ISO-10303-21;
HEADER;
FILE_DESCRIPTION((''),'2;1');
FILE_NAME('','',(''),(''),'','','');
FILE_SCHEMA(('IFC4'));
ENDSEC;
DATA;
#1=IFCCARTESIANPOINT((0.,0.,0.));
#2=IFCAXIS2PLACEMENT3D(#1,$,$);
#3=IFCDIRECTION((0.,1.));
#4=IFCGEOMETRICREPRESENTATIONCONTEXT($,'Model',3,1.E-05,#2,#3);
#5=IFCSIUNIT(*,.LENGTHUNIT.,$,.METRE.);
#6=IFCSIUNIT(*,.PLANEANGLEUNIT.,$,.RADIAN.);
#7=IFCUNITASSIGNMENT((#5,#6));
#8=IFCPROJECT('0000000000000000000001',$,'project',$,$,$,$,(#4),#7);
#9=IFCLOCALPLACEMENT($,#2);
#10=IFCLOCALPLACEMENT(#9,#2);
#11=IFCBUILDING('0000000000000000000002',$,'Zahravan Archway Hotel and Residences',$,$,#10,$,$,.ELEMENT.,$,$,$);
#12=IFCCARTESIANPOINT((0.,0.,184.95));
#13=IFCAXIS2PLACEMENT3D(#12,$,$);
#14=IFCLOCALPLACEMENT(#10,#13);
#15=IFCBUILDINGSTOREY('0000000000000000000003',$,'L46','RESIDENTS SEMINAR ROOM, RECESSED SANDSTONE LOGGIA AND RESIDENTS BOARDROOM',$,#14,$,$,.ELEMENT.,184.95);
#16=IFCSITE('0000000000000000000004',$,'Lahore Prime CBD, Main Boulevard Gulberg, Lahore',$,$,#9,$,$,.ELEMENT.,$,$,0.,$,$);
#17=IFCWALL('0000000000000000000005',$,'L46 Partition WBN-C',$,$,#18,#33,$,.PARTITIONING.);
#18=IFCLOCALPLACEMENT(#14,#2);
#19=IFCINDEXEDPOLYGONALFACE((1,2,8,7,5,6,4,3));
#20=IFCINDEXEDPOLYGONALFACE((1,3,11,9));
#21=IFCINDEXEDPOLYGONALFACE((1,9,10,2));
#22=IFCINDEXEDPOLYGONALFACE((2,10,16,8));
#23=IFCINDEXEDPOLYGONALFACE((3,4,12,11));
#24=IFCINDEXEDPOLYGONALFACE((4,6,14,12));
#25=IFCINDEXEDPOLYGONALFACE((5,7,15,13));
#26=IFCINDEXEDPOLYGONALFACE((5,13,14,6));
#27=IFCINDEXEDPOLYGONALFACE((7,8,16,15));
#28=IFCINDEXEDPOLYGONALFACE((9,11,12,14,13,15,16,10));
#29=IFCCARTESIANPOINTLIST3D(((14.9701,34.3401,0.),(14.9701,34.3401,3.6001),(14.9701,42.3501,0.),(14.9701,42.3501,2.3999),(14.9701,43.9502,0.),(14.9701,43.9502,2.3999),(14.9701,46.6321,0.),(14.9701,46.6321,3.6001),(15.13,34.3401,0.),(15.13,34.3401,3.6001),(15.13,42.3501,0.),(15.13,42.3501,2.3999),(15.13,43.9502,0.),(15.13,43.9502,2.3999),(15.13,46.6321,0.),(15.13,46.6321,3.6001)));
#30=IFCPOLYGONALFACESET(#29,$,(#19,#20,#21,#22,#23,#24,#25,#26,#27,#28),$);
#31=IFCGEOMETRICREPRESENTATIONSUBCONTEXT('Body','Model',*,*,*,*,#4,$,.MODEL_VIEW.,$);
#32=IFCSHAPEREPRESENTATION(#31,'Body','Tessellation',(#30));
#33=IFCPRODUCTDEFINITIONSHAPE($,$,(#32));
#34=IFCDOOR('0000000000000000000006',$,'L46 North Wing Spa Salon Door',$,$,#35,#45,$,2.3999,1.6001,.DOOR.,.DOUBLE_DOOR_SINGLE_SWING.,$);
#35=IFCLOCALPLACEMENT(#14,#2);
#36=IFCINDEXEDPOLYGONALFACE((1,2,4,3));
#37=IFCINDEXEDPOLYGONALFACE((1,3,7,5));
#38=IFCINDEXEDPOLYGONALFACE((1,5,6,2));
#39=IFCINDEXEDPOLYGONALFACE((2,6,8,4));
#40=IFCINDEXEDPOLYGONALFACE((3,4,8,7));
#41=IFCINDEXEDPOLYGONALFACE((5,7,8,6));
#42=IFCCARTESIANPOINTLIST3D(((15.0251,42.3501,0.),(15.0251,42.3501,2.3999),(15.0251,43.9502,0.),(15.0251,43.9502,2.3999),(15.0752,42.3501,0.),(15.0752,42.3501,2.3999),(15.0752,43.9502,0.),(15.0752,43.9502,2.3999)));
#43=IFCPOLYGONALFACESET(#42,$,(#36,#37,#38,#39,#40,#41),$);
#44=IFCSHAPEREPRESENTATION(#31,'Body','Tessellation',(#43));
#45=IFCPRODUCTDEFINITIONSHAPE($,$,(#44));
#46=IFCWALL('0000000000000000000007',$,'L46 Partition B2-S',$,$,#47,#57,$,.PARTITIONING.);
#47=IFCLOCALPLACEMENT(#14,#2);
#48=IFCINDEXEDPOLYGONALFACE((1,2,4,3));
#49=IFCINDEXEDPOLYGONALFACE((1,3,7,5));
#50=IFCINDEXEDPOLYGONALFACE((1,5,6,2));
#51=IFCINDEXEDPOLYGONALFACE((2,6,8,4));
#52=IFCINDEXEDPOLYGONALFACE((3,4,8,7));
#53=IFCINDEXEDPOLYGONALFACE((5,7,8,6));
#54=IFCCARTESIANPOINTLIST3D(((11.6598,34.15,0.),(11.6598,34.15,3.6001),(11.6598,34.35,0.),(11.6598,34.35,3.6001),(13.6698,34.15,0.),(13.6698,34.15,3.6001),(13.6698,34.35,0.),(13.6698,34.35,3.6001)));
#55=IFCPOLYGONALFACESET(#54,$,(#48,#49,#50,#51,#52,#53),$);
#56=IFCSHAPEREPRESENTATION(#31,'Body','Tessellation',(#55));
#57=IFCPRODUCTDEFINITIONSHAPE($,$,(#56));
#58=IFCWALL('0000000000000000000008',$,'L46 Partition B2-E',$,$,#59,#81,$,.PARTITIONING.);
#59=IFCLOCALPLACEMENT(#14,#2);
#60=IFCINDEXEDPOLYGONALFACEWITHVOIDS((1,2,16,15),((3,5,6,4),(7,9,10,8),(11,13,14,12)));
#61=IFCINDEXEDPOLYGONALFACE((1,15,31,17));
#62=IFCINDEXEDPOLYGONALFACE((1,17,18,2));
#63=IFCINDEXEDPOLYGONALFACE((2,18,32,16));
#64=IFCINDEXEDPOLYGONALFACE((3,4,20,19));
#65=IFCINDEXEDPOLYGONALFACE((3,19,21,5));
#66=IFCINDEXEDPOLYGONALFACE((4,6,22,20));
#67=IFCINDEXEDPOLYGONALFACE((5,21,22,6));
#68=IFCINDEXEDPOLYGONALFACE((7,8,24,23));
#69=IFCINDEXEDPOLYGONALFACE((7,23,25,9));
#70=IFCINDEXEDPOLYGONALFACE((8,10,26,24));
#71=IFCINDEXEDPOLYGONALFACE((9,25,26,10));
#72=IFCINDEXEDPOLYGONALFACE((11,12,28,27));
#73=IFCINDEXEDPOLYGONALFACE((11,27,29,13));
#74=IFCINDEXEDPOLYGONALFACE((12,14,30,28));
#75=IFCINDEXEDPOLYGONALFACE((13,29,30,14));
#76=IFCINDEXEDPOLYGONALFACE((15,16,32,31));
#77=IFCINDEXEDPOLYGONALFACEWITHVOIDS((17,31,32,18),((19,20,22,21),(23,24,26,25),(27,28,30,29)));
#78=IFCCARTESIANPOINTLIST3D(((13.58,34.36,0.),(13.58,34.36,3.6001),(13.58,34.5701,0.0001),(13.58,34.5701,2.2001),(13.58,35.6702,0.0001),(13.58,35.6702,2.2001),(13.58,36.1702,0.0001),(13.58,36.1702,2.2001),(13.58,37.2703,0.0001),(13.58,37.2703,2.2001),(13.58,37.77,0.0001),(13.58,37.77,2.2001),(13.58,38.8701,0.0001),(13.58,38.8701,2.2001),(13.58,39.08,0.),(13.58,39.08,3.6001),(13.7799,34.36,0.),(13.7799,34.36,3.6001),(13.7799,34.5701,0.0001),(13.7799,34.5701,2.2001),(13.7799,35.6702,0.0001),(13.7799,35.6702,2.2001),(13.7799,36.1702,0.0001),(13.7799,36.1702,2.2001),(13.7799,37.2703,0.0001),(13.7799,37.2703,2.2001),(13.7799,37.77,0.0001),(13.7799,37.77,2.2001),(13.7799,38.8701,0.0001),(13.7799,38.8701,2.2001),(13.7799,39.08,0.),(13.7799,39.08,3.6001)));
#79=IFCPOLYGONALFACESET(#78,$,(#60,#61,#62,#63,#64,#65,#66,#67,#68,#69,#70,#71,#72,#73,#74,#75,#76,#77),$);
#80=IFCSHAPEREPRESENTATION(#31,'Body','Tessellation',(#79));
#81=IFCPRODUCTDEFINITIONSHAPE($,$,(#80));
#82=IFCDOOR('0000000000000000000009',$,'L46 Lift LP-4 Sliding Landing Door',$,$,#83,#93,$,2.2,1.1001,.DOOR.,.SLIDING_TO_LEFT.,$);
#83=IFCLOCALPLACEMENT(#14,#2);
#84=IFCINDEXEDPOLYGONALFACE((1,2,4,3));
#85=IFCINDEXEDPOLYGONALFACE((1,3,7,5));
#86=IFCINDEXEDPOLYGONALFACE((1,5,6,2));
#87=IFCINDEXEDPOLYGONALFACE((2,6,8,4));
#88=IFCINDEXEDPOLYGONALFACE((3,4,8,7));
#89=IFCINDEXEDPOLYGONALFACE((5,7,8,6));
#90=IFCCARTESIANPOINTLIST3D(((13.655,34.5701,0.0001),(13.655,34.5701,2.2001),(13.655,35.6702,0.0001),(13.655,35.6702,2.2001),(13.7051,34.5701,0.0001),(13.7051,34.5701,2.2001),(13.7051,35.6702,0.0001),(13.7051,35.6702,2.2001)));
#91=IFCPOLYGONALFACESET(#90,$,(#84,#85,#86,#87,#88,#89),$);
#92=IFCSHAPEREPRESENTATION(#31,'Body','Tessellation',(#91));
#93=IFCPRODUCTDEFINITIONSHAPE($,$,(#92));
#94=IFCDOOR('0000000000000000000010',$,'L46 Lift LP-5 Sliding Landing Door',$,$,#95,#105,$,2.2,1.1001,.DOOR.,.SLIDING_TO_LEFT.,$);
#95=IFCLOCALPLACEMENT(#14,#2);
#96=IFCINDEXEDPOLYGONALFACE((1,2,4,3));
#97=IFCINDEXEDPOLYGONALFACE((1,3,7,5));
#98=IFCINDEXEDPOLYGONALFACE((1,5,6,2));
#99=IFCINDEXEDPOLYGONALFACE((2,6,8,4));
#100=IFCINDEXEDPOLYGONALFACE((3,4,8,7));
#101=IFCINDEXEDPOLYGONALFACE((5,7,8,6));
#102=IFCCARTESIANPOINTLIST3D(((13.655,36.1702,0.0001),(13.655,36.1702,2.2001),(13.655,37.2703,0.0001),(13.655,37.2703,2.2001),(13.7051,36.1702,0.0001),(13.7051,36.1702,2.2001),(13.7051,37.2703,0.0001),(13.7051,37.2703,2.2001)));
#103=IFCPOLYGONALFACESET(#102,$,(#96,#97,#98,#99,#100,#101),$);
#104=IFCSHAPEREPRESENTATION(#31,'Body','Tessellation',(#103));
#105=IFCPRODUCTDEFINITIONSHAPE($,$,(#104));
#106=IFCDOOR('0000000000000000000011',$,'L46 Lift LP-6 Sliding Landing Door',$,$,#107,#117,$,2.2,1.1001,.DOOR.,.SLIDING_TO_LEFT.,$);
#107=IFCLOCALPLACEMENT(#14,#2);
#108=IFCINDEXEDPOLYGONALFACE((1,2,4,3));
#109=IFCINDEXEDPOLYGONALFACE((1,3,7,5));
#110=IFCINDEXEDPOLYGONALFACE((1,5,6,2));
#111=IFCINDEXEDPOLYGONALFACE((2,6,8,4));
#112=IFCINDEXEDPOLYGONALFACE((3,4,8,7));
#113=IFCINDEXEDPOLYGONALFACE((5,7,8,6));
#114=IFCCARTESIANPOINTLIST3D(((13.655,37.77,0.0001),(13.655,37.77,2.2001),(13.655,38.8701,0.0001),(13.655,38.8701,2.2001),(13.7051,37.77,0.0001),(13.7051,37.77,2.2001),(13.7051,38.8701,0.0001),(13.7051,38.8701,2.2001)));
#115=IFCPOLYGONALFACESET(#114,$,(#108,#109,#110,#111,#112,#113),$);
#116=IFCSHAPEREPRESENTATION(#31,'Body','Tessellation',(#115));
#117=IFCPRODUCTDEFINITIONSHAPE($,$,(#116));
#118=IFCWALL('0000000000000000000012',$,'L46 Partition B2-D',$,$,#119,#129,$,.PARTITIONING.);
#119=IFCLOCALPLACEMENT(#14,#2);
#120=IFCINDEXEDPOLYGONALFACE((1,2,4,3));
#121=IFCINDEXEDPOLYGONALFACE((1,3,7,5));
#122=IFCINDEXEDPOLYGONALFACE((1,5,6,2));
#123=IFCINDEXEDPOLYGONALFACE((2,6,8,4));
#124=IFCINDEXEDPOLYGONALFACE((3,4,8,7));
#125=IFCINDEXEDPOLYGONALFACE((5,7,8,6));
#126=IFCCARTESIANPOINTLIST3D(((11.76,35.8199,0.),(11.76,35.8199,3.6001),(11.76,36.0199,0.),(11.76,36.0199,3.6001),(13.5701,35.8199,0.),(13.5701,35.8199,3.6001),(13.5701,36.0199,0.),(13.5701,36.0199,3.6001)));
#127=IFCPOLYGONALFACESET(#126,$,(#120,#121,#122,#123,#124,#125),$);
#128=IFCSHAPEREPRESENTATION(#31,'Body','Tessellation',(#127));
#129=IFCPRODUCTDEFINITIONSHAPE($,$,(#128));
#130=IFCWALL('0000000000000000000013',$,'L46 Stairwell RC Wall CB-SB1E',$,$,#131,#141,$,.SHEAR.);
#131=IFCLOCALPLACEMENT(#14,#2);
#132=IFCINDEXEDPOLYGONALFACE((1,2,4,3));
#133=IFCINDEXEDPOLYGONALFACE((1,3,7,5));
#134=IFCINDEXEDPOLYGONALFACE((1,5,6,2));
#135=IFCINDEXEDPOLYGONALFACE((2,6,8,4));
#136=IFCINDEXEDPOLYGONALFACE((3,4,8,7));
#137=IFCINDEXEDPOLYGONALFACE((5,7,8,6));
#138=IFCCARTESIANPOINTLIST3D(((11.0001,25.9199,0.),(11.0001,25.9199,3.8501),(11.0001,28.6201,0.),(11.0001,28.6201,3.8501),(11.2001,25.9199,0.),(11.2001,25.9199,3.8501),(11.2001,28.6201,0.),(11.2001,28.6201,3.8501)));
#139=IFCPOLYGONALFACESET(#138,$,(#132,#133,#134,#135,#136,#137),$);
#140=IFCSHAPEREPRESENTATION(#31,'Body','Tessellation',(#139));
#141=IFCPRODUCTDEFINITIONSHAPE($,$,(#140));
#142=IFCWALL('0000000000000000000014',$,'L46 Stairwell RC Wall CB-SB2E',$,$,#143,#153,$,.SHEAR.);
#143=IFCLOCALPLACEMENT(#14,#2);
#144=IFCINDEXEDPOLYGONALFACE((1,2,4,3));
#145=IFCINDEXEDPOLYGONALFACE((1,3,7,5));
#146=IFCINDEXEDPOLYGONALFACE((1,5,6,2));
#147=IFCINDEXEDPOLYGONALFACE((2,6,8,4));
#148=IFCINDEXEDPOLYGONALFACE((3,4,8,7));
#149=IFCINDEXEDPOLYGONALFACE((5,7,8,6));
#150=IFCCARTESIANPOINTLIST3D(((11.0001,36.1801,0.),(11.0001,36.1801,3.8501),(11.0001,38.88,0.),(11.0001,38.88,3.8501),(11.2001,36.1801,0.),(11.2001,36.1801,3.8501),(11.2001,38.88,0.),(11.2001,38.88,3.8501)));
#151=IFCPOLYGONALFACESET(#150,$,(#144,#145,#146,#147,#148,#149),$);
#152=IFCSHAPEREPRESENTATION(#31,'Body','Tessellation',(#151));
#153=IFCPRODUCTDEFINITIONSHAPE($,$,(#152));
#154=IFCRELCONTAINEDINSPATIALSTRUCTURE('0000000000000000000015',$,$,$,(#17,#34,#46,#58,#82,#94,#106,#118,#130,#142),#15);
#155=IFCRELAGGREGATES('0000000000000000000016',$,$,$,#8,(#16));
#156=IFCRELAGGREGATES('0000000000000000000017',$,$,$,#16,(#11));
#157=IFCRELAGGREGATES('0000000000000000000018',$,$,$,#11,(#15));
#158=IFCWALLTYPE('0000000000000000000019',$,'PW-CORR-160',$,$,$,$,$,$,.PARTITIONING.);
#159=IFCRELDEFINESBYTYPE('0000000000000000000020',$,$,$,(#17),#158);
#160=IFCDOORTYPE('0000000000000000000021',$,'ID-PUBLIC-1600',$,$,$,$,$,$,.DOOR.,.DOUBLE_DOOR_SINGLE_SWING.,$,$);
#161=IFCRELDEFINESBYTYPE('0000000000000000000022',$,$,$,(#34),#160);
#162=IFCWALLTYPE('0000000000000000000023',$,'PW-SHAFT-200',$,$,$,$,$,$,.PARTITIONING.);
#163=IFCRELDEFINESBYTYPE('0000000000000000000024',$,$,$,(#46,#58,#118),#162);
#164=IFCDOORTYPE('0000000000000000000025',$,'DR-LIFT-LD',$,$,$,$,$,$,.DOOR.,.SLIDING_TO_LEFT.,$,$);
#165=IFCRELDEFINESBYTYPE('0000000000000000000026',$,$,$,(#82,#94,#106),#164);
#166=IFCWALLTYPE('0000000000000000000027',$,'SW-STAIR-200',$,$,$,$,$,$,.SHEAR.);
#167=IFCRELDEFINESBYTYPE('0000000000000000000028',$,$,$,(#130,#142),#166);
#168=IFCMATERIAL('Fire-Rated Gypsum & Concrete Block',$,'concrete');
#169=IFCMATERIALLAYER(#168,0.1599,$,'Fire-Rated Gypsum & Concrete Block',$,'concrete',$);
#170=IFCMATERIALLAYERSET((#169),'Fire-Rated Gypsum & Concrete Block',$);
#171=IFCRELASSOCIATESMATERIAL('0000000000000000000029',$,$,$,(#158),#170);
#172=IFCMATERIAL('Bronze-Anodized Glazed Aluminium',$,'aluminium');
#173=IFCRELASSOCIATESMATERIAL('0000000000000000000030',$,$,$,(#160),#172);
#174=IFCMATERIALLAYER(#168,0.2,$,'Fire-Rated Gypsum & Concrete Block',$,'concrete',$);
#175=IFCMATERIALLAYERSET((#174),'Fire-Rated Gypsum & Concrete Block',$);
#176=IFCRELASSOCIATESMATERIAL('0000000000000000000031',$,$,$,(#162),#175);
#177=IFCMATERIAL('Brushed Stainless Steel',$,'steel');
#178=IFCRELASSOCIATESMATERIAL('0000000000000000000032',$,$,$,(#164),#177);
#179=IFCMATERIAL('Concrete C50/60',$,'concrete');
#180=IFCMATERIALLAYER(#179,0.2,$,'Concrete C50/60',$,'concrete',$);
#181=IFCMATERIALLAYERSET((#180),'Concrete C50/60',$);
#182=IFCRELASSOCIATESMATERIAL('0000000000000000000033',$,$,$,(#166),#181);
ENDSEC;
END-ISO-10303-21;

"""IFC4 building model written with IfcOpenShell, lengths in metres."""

from ifc_helpers import new_model, si_unit, direction, frame, frame_2d, origin, place, context, subcontext, project, spatial, rectangle, extrude, source, transform, mapped, material, layer, layer_set, type_object, type_shapes, element, fill, save


model = new_model("IFC4")

# Units and contexts
model_context = context("Model", 3, precision=1e-05, world=origin(), true_north=direction((0.0, 1.0)))
body_context = subcontext(model_context, "Body", "Model", "MODEL_VIEW")
ifc_project = project(units=[si_unit("LENGTHUNIT", "METRE"), si_unit("PLANEANGLEUNIT", "RADIAN")], contexts=[model_context])

# Site, building, storey
site_placement = place(None, origin())
site = spatial("IfcSite", under=ifc_project, at=site_placement, Name="Lahore Prime CBD, Main Boulevard Gulberg, Lahore", CompositionType="ELEMENT", RefElevation=0.0)
building_placement = place(site_placement, origin())
building = spatial("IfcBuilding", under=site, at=building_placement, Name="Zahravan Archway Hotel and Residences", CompositionType="ELEMENT")
storey_placement = place(building_placement, frame((0.0, 0.0, 184.95)))
storey = spatial("IfcBuildingStorey", under=building, at=storey_placement, Name="L46", Description="RESIDENTS SEMINAR ROOM, RECESSED SANDSTONE LOGGIA AND RESIDENTS BOARDROOM", CompositionType="ELEMENT", Elevation=184.95)

# Wall, opening, door
ifc_material_1 = material(Name="Fire-Rated Gypsum & Concrete Block", Category="concrete")
ifc_layer_1 = layer(ifc_material_1, 0.1599, Name="Fire-Rated Gypsum & Concrete Block", Category="concrete")
ifc_layer_set_1 = layer_set([ifc_layer_1], Name="Fire-Rated Gypsum & Concrete Block")
wall_type_1 = type_object("IfcWallType", Name="PW-CORR-160", PredefinedType="PARTITIONING", material=ifc_layer_set_1)
wall_1_placement = place(storey_placement, frame((15.05, 34.3401, 0.0), z_axis=(0.0, 0.0, 1.0), x_axis=(0.0, 1.0, 0.0)))
wall_1 = element("IfcWall", 1, at=wall_1_placement, inside=storey, type_object=wall_type_1, Name="L46 Partition WBN-C", PredefinedType="PARTITIONING", context=body_context, shape_type="SweptSolid", body=[
    extrude(rectangle(XDim=12.292, YDim=0.1599, at=frame_2d((6.146, 0.0))), origin(), (0.0, 0.0, 1.0), 3.6001),
])
opening_1_placement = place(wall_1_placement, frame((8.01, 0.0, 0.0)))
opening_1 = element("IfcOpeningElement", 2, at=opening_1_placement, cuts=wall_1, PredefinedType="OPENING", context=body_context, shape_type="SweptSolid", body=[
    extrude(rectangle(XDim=1.6001, YDim=2.3999, at=frame_2d((0.8, 1.2))), frame((0.0, 0.0898, 0.0), z_axis=(0.0, -1.0, 0.0), x_axis=(1.0, 0.0, 0.0)), (0.0, 0.0, 1.0), 0.1799),
])
ifc_material_2 = material(Name="Bronze-Anodized Glazed Aluminium", Category="aluminium")
door_type_1 = type_object("IfcDoorType", Name="ID-PUBLIC-1600", OperationType="DOUBLE_DOOR_SINGLE_SWING", PredefinedType="DOOR", material=ifc_material_2)
shared_shape_1 = source(origin(), body_context, "Body", "SweptSolid", [
    extrude(rectangle(XDim=1.6001, YDim=2.3999, at=frame_2d((0.8, 1.2))), frame((0.0, 0.0249, 0.0), z_axis=(0.0, -1.0, 0.0), x_axis=(1.0, 0.0, 0.0)), (0.0, 0.0, 1.0), 0.05),
])
type_shapes(door_type_1, [shared_shape_1])
door_1_placement = place(opening_1_placement, origin())
door_1 = element("IfcDoor", 3, at=door_1_placement, inside=storey, type_object=door_type_1, Name="L46 North Wing Spa Salon Door", OperationType="DOUBLE_DOOR_SINGLE_SWING", OverallHeight=2.3999, OverallWidth=1.6001, PredefinedType="DOOR", context=body_context, shape_type="MappedRepresentation", body=[
    mapped(shared_shape_1, transform((0.0, 0.0, 0.0), scale=1.0)),
])
fill(opening_1, door_1)

# Wall
ifc_layer_2 = layer(ifc_material_1, 0.2, Name="Fire-Rated Gypsum & Concrete Block", Category="concrete")
ifc_layer_set_2 = layer_set([ifc_layer_2], Name="Fire-Rated Gypsum & Concrete Block")
wall_type_2 = type_object("IfcWallType", Name="PW-SHAFT-200", PredefinedType="PARTITIONING", material=ifc_layer_set_2)
wall_2_placement = place(storey_placement, frame((11.6599, 34.25, 0.0), z_axis=(0.0, 0.0, 1.0), x_axis=(1.0, 0.0, 0.0)))
element("IfcWall", 4, at=wall_2_placement, inside=storey, type_object=wall_type_2, Name="L46 Partition B2-S", PredefinedType="PARTITIONING", context=body_context, shape_type="SweptSolid", body=[
    extrude(rectangle(XDim=2.01, YDim=0.2, at=frame_2d((1.0049, 0.0))), origin(), (0.0, 0.0, 1.0), 3.6001),
])

# Wall, openings, doors
wall_3_placement = place(storey_placement, frame((13.6799, 34.3601, 0.0), z_axis=(0.0, 0.0, 1.0), x_axis=(0.0, 1.0, 0.0)))
wall_3 = element("IfcWall", 5, at=wall_3_placement, inside=storey, type_object=wall_type_2, Name="L46 Partition B2-E", PredefinedType="PARTITIONING", context=body_context, shape_type="SweptSolid", body=[
    extrude(rectangle(XDim=4.72, YDim=0.2, at=frame_2d((2.3599, 0.0))), origin(), (0.0, 0.0, 1.0), 3.6001),
])
opening_2_placement = place(wall_3_placement, frame((0.21, 0.0, 0.0)))
opening_2 = element("IfcOpeningElement", 6, at=opening_2_placement, cuts=wall_3, PredefinedType="OPENING", context=body_context, shape_type="SweptSolid", body=[
    extrude(rectangle(XDim=1.1001, YDim=2.2, at=frame_2d((0.55, 1.1001))), frame((0.0, 0.1099, 0.0), z_axis=(0.0, -1.0, 0.0), x_axis=(1.0, 0.0, 0.0)), (0.0, 0.0, 1.0), 0.22),
])
opening_3_placement = place(wall_3_placement, frame((1.8101, 0.0, 0.0)))
opening_3 = element("IfcOpeningElement", 7, at=opening_3_placement, cuts=wall_3, PredefinedType="OPENING", context=body_context, shape_type="SweptSolid", body=[
    extrude(rectangle(XDim=1.1001, YDim=2.2, at=frame_2d((0.55, 1.1001))), frame((0.0, 0.1099, 0.0), z_axis=(0.0, -1.0, 0.0), x_axis=(1.0, 0.0, 0.0)), (0.0, 0.0, 1.0), 0.22),
])
opening_4_placement = place(wall_3_placement, frame((3.4099, 0.0, 0.0)))
opening_4 = element("IfcOpeningElement", 8, at=opening_4_placement, cuts=wall_3, PredefinedType="OPENING", context=body_context, shape_type="SweptSolid", body=[
    extrude(rectangle(XDim=1.1001, YDim=2.2, at=frame_2d((0.55, 1.1001))), frame((0.0, 0.1099, 0.0), z_axis=(0.0, -1.0, 0.0), x_axis=(1.0, 0.0, 0.0)), (0.0, 0.0, 1.0), 0.22),
])
ifc_material_3 = material(Name="Brushed Stainless Steel", Category="steel")
door_type_2 = type_object("IfcDoorType", Name="DR-LIFT-LD", OperationType="SLIDING_TO_LEFT", PredefinedType="DOOR", material=ifc_material_3)
shared_shape_2 = source(origin(), body_context, "Body", "SweptSolid", [
    extrude(rectangle(XDim=1.1001, YDim=2.2, at=frame_2d((0.55, 1.1001))), frame((0.0, 0.0249, 0.0), z_axis=(0.0, -1.0, 0.0), x_axis=(1.0, 0.0, 0.0)), (0.0, 0.0, 1.0), 0.05),
])
type_shapes(door_type_2, [shared_shape_2])
door_2_placement = place(opening_2_placement, origin())
door_2 = element("IfcDoor", 9, at=door_2_placement, inside=storey, type_object=door_type_2, Name="L46 Lift LP-4 Sliding Landing Door", OperationType="SLIDING_TO_LEFT", OverallHeight=2.2, OverallWidth=1.1001, PredefinedType="DOOR", context=body_context, shape_type="MappedRepresentation", body=[
    mapped(shared_shape_2, transform((0.0, 0.0, 0.0), scale=1.0)),
])
fill(opening_2, door_2)
door_3_placement = place(opening_3_placement, origin())
door_3 = element("IfcDoor", 10, at=door_3_placement, inside=storey, type_object=door_type_2, Name="L46 Lift LP-5 Sliding Landing Door", OperationType="SLIDING_TO_LEFT", OverallHeight=2.2, OverallWidth=1.1001, PredefinedType="DOOR", context=body_context, shape_type="MappedRepresentation", body=[
    mapped(shared_shape_2, transform((0.0, 0.0, 0.0), scale=1.0)),
])
fill(opening_3, door_3)
door_4_placement = place(opening_4_placement, origin())
door_4 = element("IfcDoor", 11, at=door_4_placement, inside=storey, type_object=door_type_2, Name="L46 Lift LP-6 Sliding Landing Door", OperationType="SLIDING_TO_LEFT", OverallHeight=2.2, OverallWidth=1.1001, PredefinedType="DOOR", context=body_context, shape_type="MappedRepresentation", body=[
    mapped(shared_shape_2, transform((0.0, 0.0, 0.0), scale=1.0)),
])
fill(opening_4, door_4)

# Wall
wall_4_placement = place(storey_placement, frame((11.76, 35.9199, 0.0), z_axis=(0.0, 0.0, 1.0), x_axis=(1.0, 0.0, 0.0)))
element("IfcWall", 12, at=wall_4_placement, inside=storey, type_object=wall_type_2, Name="L46 Partition B2-D", PredefinedType="PARTITIONING", context=body_context, shape_type="SweptSolid", body=[
    extrude(rectangle(XDim=1.8101, YDim=0.2, at=frame_2d((0.905, 0.0))), origin(), (0.0, 0.0, 1.0), 3.6001),
])

# Walls
ifc_material_4 = material(Name="Concrete C50/60", Category="concrete")
ifc_layer_3 = layer(ifc_material_4, 0.2, Name="Concrete C50/60", Category="concrete")
ifc_layer_set_3 = layer_set([ifc_layer_3], Name="Concrete C50/60")
wall_type_3 = type_object("IfcWallType", Name="SW-STAIR-200", PredefinedType="SHEAR", material=ifc_layer_set_3)
wall_5_placement = place(storey_placement, frame((11.1001, 25.9199, 0.0), z_axis=(0.0, 0.0, 1.0), x_axis=(0.0, 1.0, 0.0)))
element("IfcWall", 13, at=wall_5_placement, inside=storey, type_object=wall_type_3, Name="L46 Stairwell RC Wall CB-SB1E", PredefinedType="SHEAR", context=body_context, shape_type="SweptSolid", body=[
    extrude(rectangle(XDim=2.7002, YDim=0.2, at=frame_2d((1.3501, 0.0))), origin(), (0.0, 0.0, 1.0), 3.8501),
])
wall_6_placement = place(storey_placement, frame((11.1001, 36.1799, 0.0), z_axis=(0.0, 0.0, 1.0), x_axis=(0.0, 1.0, 0.0)))
element("IfcWall", 14, at=wall_6_placement, inside=storey, type_object=wall_type_3, Name="L46 Stairwell RC Wall CB-SB2E", PredefinedType="SHEAR", context=body_context, shape_type="SweptSolid", body=[
    extrude(rectangle(XDim=2.7, YDim=0.2, at=frame_2d((1.3501, 0.0))), origin(), (0.0, 0.0, 1.0), 3.8501),
])

save(model, "model.ifc")
